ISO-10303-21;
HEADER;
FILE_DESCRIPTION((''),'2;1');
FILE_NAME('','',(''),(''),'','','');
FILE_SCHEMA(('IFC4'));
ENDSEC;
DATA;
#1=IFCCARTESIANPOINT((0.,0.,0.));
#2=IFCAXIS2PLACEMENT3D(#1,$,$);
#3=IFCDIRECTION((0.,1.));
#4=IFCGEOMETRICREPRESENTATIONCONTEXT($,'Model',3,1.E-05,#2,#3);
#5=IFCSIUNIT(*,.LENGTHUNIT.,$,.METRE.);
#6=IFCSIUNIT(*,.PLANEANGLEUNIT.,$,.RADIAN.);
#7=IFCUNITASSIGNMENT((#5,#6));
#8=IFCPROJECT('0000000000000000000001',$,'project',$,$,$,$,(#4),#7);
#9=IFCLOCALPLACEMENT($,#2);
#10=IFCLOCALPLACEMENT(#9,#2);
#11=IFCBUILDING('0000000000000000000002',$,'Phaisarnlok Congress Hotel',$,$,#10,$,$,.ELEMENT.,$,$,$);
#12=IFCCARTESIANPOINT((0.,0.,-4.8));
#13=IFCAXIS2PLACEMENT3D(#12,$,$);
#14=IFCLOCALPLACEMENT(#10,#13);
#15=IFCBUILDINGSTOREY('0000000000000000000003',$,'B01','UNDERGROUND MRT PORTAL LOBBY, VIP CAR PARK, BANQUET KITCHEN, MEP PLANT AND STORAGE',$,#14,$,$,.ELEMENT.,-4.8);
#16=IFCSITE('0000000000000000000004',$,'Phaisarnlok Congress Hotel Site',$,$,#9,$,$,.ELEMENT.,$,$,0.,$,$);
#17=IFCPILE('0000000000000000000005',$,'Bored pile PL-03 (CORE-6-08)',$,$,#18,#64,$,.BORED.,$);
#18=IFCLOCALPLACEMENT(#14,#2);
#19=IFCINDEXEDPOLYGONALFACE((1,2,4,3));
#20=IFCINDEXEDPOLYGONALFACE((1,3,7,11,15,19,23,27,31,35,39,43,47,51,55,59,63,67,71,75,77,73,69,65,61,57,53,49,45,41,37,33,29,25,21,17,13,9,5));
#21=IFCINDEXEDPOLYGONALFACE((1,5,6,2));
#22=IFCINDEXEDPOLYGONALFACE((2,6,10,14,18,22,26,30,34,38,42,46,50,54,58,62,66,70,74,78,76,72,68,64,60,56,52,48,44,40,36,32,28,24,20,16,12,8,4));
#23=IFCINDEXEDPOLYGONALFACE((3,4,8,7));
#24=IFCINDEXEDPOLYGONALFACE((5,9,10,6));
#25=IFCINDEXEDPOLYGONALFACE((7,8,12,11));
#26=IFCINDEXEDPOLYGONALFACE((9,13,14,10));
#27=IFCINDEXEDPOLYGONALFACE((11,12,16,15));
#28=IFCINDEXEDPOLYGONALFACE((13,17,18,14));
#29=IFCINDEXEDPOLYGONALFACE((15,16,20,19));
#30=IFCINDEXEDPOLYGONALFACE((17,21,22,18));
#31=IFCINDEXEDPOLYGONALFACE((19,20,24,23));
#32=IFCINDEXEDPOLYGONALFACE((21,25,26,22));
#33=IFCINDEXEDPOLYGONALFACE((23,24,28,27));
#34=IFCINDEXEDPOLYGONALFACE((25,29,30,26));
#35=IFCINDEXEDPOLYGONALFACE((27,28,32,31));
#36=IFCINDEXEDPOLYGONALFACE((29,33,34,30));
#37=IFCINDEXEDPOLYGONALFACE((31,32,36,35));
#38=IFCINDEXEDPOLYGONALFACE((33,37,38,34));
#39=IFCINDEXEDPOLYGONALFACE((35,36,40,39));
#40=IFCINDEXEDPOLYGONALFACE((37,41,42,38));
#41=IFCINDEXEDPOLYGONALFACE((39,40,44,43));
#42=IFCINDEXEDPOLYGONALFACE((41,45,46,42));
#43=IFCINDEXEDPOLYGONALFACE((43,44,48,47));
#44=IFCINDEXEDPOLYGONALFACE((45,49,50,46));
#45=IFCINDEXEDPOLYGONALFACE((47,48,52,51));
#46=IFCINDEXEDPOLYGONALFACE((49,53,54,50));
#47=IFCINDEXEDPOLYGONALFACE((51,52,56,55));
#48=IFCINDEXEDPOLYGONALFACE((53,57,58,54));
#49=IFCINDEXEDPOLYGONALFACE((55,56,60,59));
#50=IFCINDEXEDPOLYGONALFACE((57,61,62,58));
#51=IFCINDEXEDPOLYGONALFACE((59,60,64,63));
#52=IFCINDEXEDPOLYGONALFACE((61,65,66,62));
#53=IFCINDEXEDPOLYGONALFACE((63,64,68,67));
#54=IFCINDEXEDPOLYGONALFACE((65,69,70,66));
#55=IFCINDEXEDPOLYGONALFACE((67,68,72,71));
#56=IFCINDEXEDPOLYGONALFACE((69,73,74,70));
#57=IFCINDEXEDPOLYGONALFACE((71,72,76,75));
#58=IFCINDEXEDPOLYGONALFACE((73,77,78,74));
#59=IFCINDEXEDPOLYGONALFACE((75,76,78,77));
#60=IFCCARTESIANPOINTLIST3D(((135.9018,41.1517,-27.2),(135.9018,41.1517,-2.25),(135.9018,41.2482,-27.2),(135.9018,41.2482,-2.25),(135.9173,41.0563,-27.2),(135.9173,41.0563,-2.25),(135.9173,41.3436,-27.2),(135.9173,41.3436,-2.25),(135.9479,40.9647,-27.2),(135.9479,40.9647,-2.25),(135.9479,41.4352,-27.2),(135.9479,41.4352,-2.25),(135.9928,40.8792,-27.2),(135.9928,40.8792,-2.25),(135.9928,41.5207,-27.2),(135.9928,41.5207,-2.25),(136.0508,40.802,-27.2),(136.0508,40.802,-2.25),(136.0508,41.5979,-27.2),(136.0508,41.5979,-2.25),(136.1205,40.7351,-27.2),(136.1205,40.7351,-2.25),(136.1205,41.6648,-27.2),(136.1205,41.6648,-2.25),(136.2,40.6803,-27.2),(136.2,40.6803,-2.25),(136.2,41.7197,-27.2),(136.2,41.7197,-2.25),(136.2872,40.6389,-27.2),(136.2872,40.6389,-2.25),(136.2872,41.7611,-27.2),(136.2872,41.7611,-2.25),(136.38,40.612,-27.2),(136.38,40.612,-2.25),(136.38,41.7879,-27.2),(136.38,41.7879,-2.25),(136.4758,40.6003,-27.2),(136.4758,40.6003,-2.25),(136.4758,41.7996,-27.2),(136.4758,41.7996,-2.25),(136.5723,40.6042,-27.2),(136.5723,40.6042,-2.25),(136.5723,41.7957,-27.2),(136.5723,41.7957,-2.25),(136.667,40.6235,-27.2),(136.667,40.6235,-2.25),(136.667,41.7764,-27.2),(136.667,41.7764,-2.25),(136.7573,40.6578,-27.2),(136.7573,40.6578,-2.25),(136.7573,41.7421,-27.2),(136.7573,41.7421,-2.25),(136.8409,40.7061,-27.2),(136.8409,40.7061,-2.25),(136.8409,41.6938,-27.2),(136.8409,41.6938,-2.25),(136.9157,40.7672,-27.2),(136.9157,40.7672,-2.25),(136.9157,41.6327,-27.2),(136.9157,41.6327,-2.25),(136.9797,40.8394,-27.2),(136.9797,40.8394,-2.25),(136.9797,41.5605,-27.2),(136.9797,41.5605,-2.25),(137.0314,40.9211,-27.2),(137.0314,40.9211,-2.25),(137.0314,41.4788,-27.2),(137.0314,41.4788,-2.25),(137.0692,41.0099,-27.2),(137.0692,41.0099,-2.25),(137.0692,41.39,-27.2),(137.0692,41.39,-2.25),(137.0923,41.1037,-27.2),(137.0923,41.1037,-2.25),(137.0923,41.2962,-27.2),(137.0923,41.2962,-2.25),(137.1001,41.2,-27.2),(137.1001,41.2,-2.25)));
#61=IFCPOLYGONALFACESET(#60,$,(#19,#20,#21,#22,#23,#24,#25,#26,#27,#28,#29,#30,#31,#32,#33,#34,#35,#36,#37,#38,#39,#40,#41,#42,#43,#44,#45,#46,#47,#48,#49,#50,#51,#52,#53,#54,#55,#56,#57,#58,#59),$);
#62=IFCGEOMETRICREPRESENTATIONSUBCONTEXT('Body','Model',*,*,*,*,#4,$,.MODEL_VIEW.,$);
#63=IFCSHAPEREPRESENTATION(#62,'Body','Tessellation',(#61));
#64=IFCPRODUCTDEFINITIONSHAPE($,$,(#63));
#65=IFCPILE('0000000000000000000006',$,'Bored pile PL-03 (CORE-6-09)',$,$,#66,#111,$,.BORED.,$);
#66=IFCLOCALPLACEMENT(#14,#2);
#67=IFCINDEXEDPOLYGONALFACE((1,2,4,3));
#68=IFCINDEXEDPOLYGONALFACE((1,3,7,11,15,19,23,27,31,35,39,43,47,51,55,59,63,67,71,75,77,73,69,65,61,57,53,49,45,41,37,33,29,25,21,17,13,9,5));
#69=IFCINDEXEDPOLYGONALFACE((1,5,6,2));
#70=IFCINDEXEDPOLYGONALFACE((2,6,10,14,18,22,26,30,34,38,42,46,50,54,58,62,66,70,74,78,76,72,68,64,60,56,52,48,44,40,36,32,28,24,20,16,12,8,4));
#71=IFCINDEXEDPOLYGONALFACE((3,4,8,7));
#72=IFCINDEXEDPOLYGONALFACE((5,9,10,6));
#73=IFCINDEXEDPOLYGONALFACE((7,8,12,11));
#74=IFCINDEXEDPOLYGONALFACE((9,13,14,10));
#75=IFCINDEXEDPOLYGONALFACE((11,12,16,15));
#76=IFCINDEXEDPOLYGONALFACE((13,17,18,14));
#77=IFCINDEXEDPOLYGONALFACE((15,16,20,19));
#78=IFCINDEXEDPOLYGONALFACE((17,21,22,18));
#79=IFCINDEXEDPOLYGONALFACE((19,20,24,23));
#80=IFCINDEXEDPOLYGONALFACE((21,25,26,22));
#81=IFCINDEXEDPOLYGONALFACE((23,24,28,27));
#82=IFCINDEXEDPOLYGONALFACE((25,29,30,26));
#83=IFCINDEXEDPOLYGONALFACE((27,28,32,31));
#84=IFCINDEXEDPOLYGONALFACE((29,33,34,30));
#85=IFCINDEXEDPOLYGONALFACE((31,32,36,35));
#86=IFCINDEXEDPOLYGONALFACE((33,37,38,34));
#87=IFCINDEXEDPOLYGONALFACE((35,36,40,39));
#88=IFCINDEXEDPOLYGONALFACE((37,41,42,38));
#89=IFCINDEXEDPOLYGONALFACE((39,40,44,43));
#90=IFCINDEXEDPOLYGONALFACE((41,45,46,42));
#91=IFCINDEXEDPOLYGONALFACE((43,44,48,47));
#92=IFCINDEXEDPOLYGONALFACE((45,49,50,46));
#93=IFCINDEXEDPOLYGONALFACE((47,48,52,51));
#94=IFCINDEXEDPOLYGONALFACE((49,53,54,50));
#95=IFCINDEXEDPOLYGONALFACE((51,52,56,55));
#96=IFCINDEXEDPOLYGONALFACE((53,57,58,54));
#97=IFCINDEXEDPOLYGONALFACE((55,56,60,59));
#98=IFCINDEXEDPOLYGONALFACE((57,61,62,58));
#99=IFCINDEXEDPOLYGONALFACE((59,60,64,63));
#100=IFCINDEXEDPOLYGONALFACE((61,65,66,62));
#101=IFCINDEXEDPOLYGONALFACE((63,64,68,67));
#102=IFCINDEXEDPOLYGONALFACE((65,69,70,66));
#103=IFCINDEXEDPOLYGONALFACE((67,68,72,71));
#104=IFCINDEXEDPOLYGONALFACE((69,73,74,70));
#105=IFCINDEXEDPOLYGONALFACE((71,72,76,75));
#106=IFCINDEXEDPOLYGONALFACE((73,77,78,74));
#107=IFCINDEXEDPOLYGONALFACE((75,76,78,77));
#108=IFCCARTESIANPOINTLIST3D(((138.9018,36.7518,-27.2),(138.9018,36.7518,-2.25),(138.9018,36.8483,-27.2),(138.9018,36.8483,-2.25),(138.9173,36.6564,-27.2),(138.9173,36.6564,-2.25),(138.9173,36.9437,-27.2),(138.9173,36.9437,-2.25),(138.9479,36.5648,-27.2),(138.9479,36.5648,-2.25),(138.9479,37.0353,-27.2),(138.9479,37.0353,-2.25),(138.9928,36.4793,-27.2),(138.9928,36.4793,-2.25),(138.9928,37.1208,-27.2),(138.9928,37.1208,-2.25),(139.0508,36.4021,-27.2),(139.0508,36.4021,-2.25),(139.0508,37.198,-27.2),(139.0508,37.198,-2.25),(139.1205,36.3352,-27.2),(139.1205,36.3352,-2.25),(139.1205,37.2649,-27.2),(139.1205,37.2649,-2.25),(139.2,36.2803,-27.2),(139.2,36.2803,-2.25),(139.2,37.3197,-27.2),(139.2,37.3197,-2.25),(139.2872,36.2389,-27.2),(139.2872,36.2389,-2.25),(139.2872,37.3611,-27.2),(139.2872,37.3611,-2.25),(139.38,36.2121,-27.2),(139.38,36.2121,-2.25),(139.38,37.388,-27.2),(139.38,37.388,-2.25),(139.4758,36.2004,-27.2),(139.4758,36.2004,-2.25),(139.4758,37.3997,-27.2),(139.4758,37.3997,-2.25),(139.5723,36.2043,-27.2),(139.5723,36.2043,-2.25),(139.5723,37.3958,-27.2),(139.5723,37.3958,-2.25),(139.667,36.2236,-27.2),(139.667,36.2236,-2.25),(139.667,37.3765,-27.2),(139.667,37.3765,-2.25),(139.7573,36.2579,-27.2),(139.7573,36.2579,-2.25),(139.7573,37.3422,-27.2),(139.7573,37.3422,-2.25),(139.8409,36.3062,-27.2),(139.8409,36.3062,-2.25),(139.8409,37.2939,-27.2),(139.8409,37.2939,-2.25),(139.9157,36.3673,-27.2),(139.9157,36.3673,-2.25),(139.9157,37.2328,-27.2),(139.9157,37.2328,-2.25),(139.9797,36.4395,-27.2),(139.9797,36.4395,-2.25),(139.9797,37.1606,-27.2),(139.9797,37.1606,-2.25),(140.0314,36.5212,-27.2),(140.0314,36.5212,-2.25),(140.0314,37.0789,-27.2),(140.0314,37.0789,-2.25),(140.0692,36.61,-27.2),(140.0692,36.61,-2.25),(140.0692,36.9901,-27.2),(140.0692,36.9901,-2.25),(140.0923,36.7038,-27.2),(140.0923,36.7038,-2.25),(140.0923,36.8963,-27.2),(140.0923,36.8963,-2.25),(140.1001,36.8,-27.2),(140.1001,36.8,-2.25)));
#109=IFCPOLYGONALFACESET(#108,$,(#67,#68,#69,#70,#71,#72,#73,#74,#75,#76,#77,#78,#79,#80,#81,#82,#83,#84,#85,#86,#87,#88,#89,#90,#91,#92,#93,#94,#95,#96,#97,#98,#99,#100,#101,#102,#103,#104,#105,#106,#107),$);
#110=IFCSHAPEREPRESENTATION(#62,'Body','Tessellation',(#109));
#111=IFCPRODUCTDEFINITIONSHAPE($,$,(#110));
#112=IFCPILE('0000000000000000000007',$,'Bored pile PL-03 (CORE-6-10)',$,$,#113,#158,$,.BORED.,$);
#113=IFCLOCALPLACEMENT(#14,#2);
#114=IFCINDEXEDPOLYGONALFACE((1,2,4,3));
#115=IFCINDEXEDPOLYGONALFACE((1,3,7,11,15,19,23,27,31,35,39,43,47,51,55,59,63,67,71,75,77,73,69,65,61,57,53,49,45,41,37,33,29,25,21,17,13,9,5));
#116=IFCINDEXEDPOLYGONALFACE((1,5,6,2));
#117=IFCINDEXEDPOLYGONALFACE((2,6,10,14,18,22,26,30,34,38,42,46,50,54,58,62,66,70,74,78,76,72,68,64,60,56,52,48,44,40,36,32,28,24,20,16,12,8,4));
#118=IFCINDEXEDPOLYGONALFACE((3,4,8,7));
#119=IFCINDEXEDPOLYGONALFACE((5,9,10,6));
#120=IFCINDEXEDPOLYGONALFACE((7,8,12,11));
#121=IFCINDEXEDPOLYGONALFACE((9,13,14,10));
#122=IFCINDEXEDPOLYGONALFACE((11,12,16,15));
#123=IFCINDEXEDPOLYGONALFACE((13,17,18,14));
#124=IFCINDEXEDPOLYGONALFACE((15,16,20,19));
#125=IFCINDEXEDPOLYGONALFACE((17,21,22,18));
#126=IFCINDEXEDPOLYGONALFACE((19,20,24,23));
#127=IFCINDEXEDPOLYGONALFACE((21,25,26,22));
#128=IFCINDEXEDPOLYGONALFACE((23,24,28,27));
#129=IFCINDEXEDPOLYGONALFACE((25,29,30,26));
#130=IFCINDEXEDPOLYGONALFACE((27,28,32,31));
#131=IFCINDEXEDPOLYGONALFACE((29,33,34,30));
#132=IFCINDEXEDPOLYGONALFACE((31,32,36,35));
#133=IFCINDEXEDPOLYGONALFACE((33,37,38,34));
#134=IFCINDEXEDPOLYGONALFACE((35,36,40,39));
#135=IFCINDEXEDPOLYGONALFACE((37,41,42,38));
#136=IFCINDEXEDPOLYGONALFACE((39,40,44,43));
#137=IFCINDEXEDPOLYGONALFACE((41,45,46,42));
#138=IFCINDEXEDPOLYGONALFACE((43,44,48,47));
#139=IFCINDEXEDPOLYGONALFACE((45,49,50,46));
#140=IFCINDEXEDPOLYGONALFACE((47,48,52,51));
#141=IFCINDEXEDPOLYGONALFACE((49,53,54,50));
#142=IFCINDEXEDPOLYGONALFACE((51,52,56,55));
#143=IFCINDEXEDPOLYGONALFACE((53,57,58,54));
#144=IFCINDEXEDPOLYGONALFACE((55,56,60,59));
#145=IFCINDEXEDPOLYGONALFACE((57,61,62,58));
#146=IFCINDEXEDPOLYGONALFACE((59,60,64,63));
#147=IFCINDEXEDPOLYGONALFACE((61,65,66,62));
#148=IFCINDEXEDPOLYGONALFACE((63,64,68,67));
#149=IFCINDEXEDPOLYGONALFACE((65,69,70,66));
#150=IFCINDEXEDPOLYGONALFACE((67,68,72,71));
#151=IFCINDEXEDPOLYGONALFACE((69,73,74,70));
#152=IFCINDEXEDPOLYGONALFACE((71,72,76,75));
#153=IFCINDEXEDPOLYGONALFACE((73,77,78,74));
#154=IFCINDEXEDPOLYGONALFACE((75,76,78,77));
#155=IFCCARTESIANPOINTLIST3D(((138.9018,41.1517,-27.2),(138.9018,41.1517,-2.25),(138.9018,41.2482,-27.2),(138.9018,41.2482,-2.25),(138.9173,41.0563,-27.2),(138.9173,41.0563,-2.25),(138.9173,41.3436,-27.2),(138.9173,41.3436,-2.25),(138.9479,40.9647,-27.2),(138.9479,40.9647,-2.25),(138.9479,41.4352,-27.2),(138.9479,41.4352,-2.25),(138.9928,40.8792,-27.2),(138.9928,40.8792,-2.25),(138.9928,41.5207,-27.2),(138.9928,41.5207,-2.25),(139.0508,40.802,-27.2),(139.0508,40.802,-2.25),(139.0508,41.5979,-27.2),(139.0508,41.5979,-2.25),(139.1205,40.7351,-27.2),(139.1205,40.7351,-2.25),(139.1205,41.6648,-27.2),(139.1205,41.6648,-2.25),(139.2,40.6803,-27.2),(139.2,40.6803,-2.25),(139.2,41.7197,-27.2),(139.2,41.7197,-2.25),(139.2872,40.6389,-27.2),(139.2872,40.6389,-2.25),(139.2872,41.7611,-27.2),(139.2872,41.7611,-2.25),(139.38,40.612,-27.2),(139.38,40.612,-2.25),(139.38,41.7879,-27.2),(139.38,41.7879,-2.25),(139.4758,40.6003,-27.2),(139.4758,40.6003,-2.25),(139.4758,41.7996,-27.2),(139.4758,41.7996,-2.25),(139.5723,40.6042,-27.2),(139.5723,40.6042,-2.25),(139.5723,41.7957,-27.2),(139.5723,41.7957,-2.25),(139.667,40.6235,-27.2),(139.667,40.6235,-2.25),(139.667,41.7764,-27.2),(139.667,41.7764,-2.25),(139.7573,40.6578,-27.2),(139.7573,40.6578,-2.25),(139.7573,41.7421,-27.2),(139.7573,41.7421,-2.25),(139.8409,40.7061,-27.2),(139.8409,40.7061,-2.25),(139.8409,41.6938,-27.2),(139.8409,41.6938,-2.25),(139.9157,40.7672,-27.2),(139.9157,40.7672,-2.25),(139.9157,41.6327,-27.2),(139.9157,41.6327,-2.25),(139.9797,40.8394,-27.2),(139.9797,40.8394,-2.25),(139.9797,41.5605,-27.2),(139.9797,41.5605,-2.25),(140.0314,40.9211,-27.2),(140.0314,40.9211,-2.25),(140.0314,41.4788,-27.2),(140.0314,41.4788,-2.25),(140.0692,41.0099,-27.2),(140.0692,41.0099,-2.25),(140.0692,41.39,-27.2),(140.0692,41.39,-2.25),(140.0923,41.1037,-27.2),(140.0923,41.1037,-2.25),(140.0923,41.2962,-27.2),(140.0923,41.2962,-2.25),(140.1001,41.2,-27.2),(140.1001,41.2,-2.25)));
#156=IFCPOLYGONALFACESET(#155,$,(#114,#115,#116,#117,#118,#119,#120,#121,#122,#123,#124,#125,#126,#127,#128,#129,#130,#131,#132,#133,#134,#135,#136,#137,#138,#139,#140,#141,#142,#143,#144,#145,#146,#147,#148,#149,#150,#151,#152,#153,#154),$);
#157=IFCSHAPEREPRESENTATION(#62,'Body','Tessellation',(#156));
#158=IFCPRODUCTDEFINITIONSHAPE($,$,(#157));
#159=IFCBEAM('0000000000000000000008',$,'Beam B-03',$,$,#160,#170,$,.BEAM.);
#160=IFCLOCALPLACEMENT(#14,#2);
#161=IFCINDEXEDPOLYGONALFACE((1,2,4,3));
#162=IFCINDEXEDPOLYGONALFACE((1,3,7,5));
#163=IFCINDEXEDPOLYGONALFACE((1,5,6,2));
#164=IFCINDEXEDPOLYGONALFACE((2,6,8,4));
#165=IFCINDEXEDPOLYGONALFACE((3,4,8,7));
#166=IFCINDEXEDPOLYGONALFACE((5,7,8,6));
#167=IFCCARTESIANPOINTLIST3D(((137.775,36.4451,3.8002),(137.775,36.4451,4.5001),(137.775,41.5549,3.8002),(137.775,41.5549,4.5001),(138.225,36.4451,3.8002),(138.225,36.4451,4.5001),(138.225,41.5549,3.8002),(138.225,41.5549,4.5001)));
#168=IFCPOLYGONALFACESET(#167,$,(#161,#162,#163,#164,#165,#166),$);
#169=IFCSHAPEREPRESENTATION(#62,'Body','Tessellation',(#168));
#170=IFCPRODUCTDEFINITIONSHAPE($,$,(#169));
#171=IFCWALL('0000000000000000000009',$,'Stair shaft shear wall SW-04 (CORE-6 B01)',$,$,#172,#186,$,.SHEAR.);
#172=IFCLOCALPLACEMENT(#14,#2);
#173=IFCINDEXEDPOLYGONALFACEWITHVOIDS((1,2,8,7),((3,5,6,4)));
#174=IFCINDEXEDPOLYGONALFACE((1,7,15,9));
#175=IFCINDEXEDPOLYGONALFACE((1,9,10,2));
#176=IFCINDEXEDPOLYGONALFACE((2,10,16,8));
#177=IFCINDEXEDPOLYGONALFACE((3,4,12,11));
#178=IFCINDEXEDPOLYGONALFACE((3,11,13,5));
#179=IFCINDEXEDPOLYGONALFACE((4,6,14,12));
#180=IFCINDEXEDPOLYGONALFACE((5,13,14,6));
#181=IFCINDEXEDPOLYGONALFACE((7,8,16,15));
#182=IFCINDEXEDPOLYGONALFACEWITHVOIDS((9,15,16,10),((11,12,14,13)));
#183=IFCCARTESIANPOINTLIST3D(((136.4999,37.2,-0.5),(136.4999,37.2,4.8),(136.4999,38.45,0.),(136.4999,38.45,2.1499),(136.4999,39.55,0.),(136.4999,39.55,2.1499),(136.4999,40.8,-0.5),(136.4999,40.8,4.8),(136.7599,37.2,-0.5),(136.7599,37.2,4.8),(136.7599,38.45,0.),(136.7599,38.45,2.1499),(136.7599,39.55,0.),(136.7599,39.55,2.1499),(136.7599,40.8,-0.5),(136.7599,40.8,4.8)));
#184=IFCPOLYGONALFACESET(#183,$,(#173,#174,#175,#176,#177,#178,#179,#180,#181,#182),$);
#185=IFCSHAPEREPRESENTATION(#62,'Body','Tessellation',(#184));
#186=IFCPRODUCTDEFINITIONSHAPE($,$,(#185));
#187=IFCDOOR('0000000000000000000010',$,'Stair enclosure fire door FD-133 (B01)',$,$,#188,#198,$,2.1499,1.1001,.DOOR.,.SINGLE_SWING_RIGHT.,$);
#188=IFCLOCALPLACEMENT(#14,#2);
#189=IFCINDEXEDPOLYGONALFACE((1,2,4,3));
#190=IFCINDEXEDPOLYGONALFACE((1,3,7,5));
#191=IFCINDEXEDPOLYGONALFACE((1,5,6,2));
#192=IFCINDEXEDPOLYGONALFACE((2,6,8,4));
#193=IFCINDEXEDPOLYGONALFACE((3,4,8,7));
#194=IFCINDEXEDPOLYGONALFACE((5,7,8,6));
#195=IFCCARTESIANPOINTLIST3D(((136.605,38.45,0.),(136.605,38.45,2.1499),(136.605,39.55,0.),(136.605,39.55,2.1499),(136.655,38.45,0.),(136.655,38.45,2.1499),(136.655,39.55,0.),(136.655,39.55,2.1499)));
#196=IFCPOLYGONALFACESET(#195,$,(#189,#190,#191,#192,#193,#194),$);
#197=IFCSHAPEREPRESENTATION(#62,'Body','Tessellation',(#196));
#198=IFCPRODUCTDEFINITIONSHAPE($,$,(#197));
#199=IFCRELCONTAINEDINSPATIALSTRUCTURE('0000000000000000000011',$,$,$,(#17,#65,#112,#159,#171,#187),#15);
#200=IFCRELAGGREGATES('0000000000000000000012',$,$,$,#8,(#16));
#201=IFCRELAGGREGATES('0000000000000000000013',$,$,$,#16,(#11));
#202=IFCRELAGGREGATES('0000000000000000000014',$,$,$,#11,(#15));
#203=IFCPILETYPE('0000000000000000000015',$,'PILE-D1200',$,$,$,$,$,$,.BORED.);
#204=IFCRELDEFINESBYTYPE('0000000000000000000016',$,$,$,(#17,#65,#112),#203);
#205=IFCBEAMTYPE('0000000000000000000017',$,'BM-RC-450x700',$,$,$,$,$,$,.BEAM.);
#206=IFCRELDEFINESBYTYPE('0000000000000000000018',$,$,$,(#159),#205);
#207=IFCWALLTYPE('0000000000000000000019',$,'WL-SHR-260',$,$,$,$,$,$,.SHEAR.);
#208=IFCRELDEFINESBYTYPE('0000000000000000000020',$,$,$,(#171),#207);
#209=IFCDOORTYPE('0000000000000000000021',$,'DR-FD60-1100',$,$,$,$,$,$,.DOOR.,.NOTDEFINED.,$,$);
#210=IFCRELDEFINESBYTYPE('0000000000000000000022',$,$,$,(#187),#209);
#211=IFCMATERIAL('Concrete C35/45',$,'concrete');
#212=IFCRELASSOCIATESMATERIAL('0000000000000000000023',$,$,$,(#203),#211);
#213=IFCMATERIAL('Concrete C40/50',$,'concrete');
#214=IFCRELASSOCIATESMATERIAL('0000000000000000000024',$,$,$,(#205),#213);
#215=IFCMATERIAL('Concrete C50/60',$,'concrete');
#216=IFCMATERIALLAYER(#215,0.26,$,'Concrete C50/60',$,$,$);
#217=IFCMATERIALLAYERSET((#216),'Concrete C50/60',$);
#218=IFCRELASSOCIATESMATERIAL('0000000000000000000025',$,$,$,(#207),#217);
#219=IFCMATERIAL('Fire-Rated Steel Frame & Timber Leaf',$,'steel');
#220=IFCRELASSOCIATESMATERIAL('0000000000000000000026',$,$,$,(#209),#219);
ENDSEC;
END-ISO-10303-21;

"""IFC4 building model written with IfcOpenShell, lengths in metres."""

from ifc_helpers import new_model, si_unit, direction, frame, frame_2d, origin, origin_2d, place, context, subcontext, project, spatial, rectangle, circle, extrude, material, layer, layer_set, material_profile, profile_set, type_object, element, fill, save


model = new_model("IFC4")

# Units and contexts
model_context = context("Model", 3, precision=1e-05, world=origin(), true_north=direction((0.0, 1.0)))
body_context = subcontext(model_context, "Body", "Model", "MODEL_VIEW")
ifc_project = project(units=[si_unit("LENGTHUNIT", "METRE"), si_unit("PLANEANGLEUNIT", "RADIAN")], contexts=[model_context])

# Site, building, storey
site_placement = place(None, origin())
site = spatial("IfcSite", under=ifc_project, at=site_placement, Name="Phaisarnlok Congress Hotel Site", CompositionType="ELEMENT", RefElevation=0.0)
building_placement = place(site_placement, origin())
building = spatial("IfcBuilding", under=site, at=building_placement, Name="Phaisarnlok Congress Hotel", CompositionType="ELEMENT")
storey_placement = place(building_placement, frame((0.0, 0.0, -4.8)))
storey = spatial("IfcBuildingStorey", under=building, at=storey_placement, Name="B01", Description="UNDERGROUND MRT PORTAL LOBBY, VIP CAR PARK, BANQUET KITCHEN, MEP PLANT AND STORAGE", CompositionType="ELEMENT", Elevation=-4.8)

# Shared definitions
ifc_material_1 = material(Name="Concrete C40/50", Category="concrete")

# Piles
ifc_material_2 = material(Name="Concrete C35/45", Category="concrete")
ifc_material_profile_1 = material_profile(ifc_material_2, circle(Radius=0.6001, at=origin_2d()), Name="BORED PILE D1200")
ifc_profile_set_1 = profile_set([ifc_material_profile_1], Name="Concrete C35/45")
pile_type = type_object("IfcPileType", Name="PILE-D1200", PredefinedType="BORED", material=ifc_profile_set_1)
for number, where, z_axis, x_axis, name in (
    (1, (136.5, 41.2, -2.25), (0.0, 0.0, -1.0), (1.0, 0.0, 0.0), "Bored pile PL-03 (CORE-6-08)"),
    (2, (139.5, 36.8, -2.25), (0.0, 0.0, -1.0), (1.0, 0.0, 0.0), "Bored pile PL-03 (CORE-6-09)"),
    (3, (139.5, 41.2, -2.25), (0.0, 0.0, -1.0), (1.0, 0.0, 0.0), "Bored pile PL-03 (CORE-6-10)"),
):
    element("IfcPile", number, at=place(storey_placement, frame(where, z_axis=z_axis, x_axis=x_axis)), inside=storey, type_object=pile_type, Name=name, PredefinedType="BORED", context=body_context, shape_type="SweptSolid", body=[
        extrude(circle(Radius=0.6001, at=origin_2d()), origin(), (0.0, 0.0, 1.0), 24.95),
    ])

# Beam
ifc_material_profile_2 = material_profile(ifc_material_1, rectangle(XDim=0.45, YDim=0.7, at=origin_2d()), Name="RC 450x700")
ifc_profile_set_2 = profile_set([ifc_material_profile_2], Name="Concrete C40/50")
beam_type = type_object("IfcBeamType", Name="BM-RC-450x700", PredefinedType="BEAM", material=ifc_profile_set_2)
beam_placement = place(storey_placement, frame((138.0, 36.4451, 4.1501), z_axis=(0.0, 1.0, 0.0), x_axis=(-1.0, 0.0, 0.0)))
element("IfcBeam", 4, at=beam_placement, inside=storey, type_object=beam_type, Name="Beam B-03", PredefinedType="BEAM", context=body_context, shape_type="SweptSolid", body=[
    extrude(rectangle(XDim=0.45, YDim=0.7, at=origin_2d()), origin(), (0.0, 0.0, 1.0), 5.1099),
])

# Wall, opening, door
ifc_material_3 = material(Name="Concrete C50/60", Category="concrete")
ifc_layer_1 = layer(ifc_material_3, 0.26, Name="Concrete C50/60")
ifc_layer_set_1 = layer_set([ifc_layer_1], Name="Concrete C50/60")
wall_type_1 = type_object("IfcWallType", Name="WL-SHR-260", PredefinedType="SHEAR", material=ifc_layer_set_1)
wall_1_placement = place(storey_placement, frame((136.6299, 37.2, -0.5), z_axis=(0.0, 0.0, 1.0), x_axis=(0.0, 1.0, 0.0)))
wall_1 = element("IfcWall", 5, at=wall_1_placement, inside=storey, type_object=wall_type_1, Name="Stair shaft shear wall SW-04 (CORE-6 B01)", PredefinedType="SHEAR", context=body_context, shape_type="SweptSolid", body=[
    extrude(rectangle(XDim=3.6001, YDim=0.26, at=frame_2d((1.8, 0.0))), origin(), (0.0, 0.0, 1.0), 5.3),
])
opening_1_placement = place(wall_1_placement, frame((1.25, 0.0, 0.5)))
opening_1 = element("IfcOpeningElement", 6, at=opening_1_placement, cuts=wall_1, PredefinedType="OPENING", context=body_context, shape_type="SweptSolid", body=[
    extrude(rectangle(XDim=1.1001, YDim=2.1499, at=frame_2d((0.55, 1.075))), frame((0.0, 0.1401, 0.0), z_axis=(0.0, -1.0, 0.0), x_axis=(1.0, 0.0, 0.0)), (0.0, 0.0, 1.0), 0.28),
])
ifc_material_4 = material(Name="Fire-Rated Steel Frame & Timber Leaf", Category="steel")
door_type_1 = type_object("IfcDoorType", Name="DR-FD60-1100", OperationType="NOTDEFINED", PredefinedType="DOOR", material=ifc_material_4)
door_1_placement = place(opening_1_placement, origin())
door_1 = element("IfcDoor", 7, at=door_1_placement, inside=storey, type_object=door_type_1, Name="Stair enclosure fire door FD-133 (B01)", OperationType="SINGLE_SWING_RIGHT", OverallHeight=2.1499, OverallWidth=1.1001, PredefinedType="DOOR", context=body_context, shape_type="SweptSolid", body=[
    extrude(rectangle(XDim=1.1001, YDim=2.1499, at=frame_2d((0.55, 1.075))), frame((0.0, 0.0249, 0.0), z_axis=(0.0, -1.0, 0.0), x_axis=(1.0, 0.0, 0.0)), (0.0, 0.0, 1.0), 0.05),
])
fill(opening_1, door_1)

save(model, "model.ifc")
